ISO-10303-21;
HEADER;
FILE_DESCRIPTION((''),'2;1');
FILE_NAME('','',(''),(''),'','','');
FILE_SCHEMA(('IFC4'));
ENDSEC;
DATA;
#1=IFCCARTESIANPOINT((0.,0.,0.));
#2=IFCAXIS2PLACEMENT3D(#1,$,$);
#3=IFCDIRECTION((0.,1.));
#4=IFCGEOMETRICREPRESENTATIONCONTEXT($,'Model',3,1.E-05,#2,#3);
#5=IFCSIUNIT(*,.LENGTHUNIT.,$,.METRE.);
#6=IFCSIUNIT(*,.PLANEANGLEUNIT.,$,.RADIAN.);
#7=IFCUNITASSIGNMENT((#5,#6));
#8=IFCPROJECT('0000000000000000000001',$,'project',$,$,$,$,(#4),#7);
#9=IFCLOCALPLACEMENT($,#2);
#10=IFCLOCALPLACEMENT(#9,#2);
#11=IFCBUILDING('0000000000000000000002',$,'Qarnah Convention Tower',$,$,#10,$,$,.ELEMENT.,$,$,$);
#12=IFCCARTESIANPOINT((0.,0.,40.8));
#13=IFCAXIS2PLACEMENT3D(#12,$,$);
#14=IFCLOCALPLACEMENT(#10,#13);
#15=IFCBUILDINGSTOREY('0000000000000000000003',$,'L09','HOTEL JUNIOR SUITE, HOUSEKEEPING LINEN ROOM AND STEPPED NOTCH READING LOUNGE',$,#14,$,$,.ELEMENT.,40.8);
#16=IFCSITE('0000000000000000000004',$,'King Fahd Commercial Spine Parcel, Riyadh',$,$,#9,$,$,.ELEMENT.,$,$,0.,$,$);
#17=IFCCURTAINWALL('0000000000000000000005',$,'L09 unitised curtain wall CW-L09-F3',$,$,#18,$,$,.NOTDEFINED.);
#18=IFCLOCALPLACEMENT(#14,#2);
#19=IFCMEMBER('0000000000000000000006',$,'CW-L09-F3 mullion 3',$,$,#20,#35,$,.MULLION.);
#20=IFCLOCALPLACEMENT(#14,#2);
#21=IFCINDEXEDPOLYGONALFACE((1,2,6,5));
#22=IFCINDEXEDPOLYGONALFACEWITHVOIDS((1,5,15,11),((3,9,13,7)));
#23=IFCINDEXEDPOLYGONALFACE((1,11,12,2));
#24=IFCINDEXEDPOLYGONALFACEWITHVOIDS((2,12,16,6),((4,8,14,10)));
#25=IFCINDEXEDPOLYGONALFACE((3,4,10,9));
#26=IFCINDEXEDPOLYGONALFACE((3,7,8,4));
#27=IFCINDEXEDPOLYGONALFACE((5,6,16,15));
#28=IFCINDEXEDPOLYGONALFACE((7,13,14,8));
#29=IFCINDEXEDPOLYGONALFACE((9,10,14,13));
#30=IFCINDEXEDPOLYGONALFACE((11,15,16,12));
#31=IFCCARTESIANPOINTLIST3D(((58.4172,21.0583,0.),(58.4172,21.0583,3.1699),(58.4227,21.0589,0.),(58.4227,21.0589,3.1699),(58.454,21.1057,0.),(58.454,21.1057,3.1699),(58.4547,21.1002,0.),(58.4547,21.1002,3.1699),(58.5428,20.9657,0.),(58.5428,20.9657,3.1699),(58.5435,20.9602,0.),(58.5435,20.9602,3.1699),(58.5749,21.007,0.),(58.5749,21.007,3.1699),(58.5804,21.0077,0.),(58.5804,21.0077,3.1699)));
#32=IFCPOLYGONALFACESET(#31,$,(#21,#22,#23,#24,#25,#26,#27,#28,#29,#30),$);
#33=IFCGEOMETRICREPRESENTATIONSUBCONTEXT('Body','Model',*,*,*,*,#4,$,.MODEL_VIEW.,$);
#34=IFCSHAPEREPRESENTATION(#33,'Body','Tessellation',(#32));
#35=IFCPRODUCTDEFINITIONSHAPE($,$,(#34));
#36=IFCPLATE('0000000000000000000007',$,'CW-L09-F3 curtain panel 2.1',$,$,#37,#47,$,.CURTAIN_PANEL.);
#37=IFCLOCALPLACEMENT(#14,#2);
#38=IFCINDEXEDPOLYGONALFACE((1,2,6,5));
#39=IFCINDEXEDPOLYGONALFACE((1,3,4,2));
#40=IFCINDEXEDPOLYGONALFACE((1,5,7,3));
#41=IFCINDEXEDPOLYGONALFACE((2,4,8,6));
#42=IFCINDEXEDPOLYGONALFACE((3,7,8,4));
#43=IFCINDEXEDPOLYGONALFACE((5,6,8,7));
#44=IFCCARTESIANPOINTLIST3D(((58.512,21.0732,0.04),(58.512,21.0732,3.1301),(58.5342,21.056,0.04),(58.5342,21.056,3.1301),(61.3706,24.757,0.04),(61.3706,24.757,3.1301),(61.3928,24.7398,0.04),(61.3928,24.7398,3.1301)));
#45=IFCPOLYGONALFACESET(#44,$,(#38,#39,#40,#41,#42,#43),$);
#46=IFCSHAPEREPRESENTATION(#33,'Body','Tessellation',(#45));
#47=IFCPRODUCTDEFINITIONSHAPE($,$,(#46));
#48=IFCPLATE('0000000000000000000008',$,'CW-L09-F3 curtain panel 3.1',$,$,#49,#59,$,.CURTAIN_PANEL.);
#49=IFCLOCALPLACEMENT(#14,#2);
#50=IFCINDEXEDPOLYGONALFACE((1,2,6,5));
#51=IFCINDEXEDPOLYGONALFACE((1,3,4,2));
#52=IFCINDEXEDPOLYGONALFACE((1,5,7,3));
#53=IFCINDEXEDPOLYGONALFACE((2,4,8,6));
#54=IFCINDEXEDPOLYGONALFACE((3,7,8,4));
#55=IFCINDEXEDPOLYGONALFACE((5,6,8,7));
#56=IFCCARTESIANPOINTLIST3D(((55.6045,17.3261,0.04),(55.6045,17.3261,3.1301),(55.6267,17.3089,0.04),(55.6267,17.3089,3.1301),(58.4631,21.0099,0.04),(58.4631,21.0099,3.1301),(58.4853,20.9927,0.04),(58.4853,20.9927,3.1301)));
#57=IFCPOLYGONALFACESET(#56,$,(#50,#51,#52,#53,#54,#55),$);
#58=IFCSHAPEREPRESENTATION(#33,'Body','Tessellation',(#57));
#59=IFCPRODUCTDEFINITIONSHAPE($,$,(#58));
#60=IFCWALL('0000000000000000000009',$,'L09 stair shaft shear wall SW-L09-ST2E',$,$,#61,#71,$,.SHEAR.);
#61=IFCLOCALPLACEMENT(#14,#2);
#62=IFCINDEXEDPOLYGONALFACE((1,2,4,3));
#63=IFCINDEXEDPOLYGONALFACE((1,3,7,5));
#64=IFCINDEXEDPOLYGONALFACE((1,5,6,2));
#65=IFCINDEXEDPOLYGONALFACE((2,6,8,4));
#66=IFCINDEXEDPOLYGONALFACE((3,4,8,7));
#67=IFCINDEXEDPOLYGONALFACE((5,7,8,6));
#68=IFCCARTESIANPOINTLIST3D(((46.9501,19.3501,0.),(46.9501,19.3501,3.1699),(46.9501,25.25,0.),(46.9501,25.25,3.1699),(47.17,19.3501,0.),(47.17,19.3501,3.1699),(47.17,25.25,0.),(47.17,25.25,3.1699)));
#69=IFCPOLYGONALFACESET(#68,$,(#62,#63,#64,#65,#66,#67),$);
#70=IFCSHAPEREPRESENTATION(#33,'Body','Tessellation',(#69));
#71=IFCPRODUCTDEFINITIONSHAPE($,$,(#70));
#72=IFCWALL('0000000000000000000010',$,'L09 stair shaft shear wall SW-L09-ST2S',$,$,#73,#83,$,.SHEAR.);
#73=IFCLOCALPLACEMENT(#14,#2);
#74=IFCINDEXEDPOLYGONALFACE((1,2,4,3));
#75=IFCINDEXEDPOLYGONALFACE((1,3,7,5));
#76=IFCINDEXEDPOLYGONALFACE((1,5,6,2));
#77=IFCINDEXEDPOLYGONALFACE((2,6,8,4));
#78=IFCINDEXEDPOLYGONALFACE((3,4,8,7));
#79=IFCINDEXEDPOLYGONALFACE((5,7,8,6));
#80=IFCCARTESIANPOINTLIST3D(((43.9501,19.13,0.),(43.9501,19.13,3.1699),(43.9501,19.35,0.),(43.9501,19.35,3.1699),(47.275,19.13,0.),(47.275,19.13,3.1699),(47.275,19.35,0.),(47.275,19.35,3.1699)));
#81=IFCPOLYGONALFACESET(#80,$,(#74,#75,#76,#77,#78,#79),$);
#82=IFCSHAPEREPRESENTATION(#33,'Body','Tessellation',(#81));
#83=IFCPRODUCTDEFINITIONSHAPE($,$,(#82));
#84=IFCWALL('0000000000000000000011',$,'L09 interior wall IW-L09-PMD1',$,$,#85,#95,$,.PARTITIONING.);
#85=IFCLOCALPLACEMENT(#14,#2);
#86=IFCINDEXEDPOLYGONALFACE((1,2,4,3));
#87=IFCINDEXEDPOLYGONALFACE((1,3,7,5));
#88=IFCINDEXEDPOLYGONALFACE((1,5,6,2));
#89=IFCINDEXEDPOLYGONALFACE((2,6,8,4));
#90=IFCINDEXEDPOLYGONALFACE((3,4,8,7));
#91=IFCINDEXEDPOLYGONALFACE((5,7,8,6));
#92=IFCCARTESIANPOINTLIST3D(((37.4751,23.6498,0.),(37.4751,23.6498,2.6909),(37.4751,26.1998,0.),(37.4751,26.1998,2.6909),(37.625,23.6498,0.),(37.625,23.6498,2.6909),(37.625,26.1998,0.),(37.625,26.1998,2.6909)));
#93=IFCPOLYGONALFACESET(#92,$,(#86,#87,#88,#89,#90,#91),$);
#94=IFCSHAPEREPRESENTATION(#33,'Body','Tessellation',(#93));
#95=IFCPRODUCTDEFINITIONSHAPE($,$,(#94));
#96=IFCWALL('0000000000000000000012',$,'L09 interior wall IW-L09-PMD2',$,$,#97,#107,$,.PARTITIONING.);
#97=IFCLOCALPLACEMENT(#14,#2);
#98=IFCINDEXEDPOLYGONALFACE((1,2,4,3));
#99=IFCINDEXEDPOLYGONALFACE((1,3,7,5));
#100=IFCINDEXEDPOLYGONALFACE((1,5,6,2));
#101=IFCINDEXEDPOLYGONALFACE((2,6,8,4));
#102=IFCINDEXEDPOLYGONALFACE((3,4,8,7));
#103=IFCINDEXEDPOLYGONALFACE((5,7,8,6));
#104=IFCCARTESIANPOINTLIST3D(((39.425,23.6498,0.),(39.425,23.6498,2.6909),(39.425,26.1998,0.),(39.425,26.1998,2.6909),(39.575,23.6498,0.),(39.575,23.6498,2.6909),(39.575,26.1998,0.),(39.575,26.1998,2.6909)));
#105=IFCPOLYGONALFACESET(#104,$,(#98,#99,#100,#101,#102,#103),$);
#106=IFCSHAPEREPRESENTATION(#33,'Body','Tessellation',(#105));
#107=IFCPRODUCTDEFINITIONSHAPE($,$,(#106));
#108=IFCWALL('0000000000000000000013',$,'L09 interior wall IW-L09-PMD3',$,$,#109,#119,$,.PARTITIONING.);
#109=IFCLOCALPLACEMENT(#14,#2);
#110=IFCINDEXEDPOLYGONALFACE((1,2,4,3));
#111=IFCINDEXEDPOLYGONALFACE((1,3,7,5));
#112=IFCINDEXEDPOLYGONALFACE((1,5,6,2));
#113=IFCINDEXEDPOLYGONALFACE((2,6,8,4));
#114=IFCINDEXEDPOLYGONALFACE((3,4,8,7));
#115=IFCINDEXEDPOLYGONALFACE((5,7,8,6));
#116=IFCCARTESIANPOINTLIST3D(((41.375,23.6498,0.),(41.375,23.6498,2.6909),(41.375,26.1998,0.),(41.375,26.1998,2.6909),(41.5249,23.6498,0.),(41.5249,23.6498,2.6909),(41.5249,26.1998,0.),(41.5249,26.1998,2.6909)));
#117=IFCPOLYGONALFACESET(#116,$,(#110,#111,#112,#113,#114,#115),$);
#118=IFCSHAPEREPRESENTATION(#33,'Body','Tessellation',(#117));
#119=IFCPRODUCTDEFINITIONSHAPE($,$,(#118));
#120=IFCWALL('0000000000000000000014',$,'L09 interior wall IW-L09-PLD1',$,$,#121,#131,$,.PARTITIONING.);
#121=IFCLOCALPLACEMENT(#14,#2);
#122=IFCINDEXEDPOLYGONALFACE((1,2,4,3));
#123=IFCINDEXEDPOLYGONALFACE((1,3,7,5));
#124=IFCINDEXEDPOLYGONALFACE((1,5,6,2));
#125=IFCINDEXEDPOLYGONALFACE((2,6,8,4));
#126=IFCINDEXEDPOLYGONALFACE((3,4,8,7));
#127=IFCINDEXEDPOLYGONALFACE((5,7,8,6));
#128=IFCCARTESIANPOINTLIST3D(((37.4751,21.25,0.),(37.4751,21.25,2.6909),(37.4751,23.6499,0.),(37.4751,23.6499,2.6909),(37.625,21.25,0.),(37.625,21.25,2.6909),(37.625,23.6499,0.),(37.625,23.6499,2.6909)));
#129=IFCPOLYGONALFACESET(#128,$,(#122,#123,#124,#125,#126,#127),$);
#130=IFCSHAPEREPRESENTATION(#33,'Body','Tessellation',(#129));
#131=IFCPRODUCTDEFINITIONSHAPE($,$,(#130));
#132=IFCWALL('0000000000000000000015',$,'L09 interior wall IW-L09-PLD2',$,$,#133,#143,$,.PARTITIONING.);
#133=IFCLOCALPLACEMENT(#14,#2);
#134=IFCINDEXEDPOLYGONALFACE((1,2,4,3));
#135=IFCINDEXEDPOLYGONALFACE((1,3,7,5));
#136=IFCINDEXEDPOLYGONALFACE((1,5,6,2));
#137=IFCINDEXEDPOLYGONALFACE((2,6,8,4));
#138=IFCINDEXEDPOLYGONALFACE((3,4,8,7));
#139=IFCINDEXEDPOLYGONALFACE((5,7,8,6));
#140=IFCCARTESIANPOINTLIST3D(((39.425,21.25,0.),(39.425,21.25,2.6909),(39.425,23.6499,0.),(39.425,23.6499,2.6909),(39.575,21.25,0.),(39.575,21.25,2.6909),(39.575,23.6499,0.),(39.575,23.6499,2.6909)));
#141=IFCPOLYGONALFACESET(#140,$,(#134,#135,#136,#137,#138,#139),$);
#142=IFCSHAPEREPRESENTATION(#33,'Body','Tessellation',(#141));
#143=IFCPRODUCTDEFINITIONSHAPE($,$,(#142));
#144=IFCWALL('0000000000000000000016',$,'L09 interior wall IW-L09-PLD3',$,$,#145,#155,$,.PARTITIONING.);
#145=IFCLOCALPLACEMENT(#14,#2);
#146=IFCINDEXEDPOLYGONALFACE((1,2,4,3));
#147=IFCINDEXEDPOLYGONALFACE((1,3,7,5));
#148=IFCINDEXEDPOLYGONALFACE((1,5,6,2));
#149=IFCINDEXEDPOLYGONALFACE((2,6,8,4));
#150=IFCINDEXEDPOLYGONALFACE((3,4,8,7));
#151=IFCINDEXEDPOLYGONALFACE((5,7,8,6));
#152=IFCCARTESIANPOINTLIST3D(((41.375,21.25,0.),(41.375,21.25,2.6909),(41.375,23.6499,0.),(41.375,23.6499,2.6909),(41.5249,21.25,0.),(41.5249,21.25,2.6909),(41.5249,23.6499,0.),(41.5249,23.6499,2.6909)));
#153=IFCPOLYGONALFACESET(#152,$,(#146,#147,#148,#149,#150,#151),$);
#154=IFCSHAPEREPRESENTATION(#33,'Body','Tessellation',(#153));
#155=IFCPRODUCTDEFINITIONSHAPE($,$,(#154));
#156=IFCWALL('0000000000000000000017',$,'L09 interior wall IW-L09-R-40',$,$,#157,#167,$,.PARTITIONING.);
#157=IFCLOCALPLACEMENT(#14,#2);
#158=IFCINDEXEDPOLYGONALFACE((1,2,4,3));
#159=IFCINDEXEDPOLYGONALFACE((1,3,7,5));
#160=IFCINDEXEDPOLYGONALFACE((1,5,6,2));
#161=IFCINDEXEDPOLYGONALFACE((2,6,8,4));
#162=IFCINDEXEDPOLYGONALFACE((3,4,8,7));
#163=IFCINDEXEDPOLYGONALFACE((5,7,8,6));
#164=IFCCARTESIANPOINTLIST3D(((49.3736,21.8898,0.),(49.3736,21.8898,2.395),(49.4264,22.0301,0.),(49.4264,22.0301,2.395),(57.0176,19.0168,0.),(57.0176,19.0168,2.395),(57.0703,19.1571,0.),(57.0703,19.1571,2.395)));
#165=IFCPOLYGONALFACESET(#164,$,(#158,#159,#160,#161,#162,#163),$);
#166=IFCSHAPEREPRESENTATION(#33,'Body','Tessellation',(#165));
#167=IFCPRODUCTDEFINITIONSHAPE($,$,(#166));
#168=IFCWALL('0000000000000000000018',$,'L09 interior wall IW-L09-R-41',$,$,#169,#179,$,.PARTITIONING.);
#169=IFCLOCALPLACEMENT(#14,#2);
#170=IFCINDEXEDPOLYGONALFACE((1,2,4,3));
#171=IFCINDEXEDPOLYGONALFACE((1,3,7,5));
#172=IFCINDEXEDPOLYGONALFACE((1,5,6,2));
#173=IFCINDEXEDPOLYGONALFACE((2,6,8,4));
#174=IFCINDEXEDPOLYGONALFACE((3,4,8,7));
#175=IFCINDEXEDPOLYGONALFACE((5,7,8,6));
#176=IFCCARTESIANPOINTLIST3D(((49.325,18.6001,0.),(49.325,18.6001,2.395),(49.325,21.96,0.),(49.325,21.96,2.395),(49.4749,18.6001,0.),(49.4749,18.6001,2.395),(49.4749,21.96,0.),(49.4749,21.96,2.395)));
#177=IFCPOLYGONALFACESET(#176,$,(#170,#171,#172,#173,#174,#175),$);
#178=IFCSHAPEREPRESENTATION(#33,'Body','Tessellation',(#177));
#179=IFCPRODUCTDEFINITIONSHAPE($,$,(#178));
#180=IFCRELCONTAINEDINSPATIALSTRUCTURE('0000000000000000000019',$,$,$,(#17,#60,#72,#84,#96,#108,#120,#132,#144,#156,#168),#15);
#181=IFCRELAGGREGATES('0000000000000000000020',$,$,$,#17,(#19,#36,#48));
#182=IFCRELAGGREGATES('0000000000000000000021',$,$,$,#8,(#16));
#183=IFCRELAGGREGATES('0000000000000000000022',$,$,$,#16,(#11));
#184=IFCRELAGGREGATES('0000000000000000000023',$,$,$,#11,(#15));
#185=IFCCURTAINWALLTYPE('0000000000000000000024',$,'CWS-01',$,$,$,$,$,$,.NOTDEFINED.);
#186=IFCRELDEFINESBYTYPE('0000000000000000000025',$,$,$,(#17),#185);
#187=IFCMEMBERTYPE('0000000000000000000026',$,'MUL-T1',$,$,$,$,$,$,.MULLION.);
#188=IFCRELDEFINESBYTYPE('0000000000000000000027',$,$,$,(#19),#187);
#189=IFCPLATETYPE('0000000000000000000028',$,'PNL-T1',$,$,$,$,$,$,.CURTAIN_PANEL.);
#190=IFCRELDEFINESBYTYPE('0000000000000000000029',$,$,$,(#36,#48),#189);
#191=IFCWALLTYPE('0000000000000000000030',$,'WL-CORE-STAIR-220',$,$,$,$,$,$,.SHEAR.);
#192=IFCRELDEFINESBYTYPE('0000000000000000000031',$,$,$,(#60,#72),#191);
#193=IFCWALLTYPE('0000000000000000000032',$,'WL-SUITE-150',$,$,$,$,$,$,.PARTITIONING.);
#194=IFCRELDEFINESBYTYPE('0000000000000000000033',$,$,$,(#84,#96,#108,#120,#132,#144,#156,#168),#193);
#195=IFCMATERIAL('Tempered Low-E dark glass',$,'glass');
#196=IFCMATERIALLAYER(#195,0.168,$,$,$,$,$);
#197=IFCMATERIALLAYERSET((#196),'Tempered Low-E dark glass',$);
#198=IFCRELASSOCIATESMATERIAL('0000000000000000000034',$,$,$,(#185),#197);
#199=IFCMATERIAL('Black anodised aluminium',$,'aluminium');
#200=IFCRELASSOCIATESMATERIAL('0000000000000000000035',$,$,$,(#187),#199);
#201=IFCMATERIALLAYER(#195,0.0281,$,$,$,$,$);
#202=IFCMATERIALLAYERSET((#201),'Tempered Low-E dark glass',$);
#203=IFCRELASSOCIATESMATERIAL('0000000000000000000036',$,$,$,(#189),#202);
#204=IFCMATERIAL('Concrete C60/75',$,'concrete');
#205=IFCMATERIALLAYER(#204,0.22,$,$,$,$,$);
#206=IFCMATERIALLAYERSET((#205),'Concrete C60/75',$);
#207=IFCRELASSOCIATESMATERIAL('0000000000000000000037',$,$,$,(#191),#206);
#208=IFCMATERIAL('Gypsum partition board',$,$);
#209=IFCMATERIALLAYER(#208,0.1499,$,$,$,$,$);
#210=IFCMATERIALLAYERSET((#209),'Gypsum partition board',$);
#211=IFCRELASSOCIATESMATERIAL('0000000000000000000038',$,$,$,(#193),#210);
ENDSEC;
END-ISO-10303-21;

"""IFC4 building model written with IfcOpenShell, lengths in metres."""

from ifc_helpers import new_model, si_unit, direction, frame, frame_2d, origin, origin_2d, place, context, subcontext, project, spatial, rectangle, hollow_rectangle, extrude, material, layer, layer_set, material_profile, profile_set, type_object, element, aggregate, save


model = new_model("IFC4")

# Units and contexts
model_context = context("Model", 3, precision=1e-05, world=origin(), true_north=direction((0.0, 1.0)))
body_context = subcontext(model_context, "Body", "Model", "MODEL_VIEW")
ifc_project = project(units=[si_unit("LENGTHUNIT", "METRE"), si_unit("PLANEANGLEUNIT", "RADIAN")], contexts=[model_context])

# Site, building, storey
site_placement = place(None, origin())
site = spatial("IfcSite", under=ifc_project, at=site_placement, Name="King Fahd Commercial Spine Parcel, Riyadh", CompositionType="ELEMENT", RefElevation=0.0)
building_placement = place(site_placement, origin())
building = spatial("IfcBuilding", under=site, at=building_placement, Name="Qarnah Convention Tower", CompositionType="ELEMENT")
storey_placement = place(building_placement, frame((0.0, 0.0, 40.8)))
storey = spatial("IfcBuildingStorey", under=building, at=storey_placement, Name="L09", Description="HOTEL JUNIOR SUITE, HOUSEKEEPING LINEN ROOM AND STEPPED NOTCH READING LOUNGE", CompositionType="ELEMENT", Elevation=40.8)

# Shared definitions
ifc_material_1 = material(Name="Concrete C60/75", Category="concrete")

# Curtain wall, member, plates
ifc_material_2 = material(Name="Tempered Low-E dark glass", Category="glass")
ifc_layer_1 = layer(ifc_material_2, 0.168)
ifc_layer_set_1 = layer_set([ifc_layer_1], Name="Tempered Low-E dark glass")
curtain_wall_type = type_object("IfcCurtainWallType", Name="CWS-01", PredefinedType="NOTDEFINED", material=ifc_layer_set_1)
curtain_wall_placement = place(storey_placement, origin())
curtain_wall = element("IfcCurtainWall", 1, at=curtain_wall_placement, inside=storey, type_object=curtain_wall_type, Name="L09 unitised curtain wall CW-L09-F3", PredefinedType="NOTDEFINED")
ifc_material_3 = material(Name="Black anodised aluminium", Category="aluminium")
ifc_material_profile_1 = material_profile(ifc_material_3, hollow_rectangle(XDim=0.0601, YDim=0.1599, WallThickness=0.0039, at=origin_2d()), Name="MUL-60X160")
ifc_profile_set_1 = profile_set([ifc_material_profile_1], Name="Black anodised aluminium")
member_type = type_object("IfcMemberType", Name="MUL-T1", PredefinedType="MULLION", material=ifc_profile_set_1)
member_1_placement = place(storey_placement, frame((58.4988, 21.033, 0.0), z_axis=(0.0, 0.0, 1.0), x_axis=(-0.613064, -0.790033, 0.0)))
member_1 = element("IfcMember", 2, at=member_1_placement, type_object=member_type, Name="CW-L09-F3 mullion 3", PredefinedType="MULLION", context=body_context, shape_type="SweptSolid", body=[
    extrude(hollow_rectangle(XDim=0.0601, YDim=0.1599, WallThickness=0.0039, at=origin_2d()), origin(), (0.0, 0.0, 1.0), 3.1699),
])
ifc_layer_2 = layer(ifc_material_2, 0.0281)
ifc_layer_set_2 = layer_set([ifc_layer_2], Name="Tempered Low-E dark glass")
plate_type = type_object("IfcPlateType", Name="PNL-T1", PredefinedType="CURTAIN_PANEL", material=ifc_layer_set_2)
plate_1_placement = place(storey_placement, frame((59.9524, 22.9065, 0.04), z_axis=(0.0, 0.0, 1.0), x_axis=(-0.613064, -0.790033, 0.0)))
plate_1 = element("IfcPlate", 3, at=plate_1_placement, type_object=plate_type, Name="CW-L09-F3 curtain panel 2.1", PredefinedType="CURTAIN_PANEL", context=body_context, shape_type="SweptSolid", body=[
    extrude(rectangle(XDim=4.6628, YDim=0.0281, at=origin_2d()), origin(), (0.0, 0.0, 1.0), 3.0901),
])
plate_2_placement = place(storey_placement, frame((57.0449, 19.1594, 0.04), z_axis=(0.0, 0.0, 1.0), x_axis=(-0.613064, -0.790033, 0.0)))
plate_2 = element("IfcPlate", 4, at=plate_2_placement, type_object=plate_type, Name="CW-L09-F3 curtain panel 3.1", PredefinedType="CURTAIN_PANEL", context=body_context, shape_type="SweptSolid", body=[
    extrude(rectangle(XDim=4.6628, YDim=0.0281, at=origin_2d()), origin(), (0.0, 0.0, 1.0), 3.0901),
])
aggregate(curtain_wall, [member_1, plate_1, plate_2])

# Walls
ifc_layer_3 = layer(ifc_material_1, 0.22)
ifc_layer_set_3 = layer_set([ifc_layer_3], Name="Concrete C60/75")
wall_type_1 = type_object("IfcWallType", Name="WL-CORE-STAIR-220", PredefinedType="SHEAR", material=ifc_layer_set_3)
wall_1_placement = place(storey_placement, frame((47.0601, 19.3501, 0.0), z_axis=(0.0, 0.0, 1.0), x_axis=(0.0, 1.0, 0.0)))
element("IfcWall", 5, at=wall_1_placement, inside=storey, type_object=wall_type_1, Name="L09 stair shaft shear wall SW-L09-ST2E", PredefinedType="SHEAR", context=body_context, shape_type="SweptSolid", body=[
    extrude(rectangle(XDim=5.8999, YDim=0.22, at=frame_2d((2.95, 0.0))), origin(), (0.0, 0.0, 1.0), 3.1699),
])
wall_2_placement = place(storey_placement, frame((43.95, 19.24, 0.0), z_axis=(0.0, 0.0, 1.0), x_axis=(1.0, 0.0, 0.0)))
element("IfcWall", 6, at=wall_2_placement, inside=storey, type_object=wall_type_1, Name="L09 stair shaft shear wall SW-L09-ST2S", PredefinedType="SHEAR", context=body_context, shape_type="SweptSolid", body=[
    extrude(rectangle(XDim=3.325, YDim=0.22, at=frame_2d((1.6626, 0.0))), origin(), (0.0, 0.0, 1.0), 3.1699),
])
ifc_material_4 = material(Name="Gypsum partition board")
ifc_layer_4 = layer(ifc_material_4, 0.1499)
ifc_layer_set_4 = layer_set([ifc_layer_4], Name="Gypsum partition board")
wall_type_2 = type_object("IfcWallType", Name="WL-SUITE-150", PredefinedType="PARTITIONING", material=ifc_layer_set_4)
for number, where, z_axis, x_axis, name in (
    (7, (37.55, 23.6499, 0.0), (0.0, 0.0, 1.0), (0.0, 1.0, 0.0), "L09 interior wall IW-L09-PMD1"),
    (8, (39.5, 23.6499, 0.0), (0.0, 0.0, 1.0), (0.0, 1.0, 0.0), "L09 interior wall IW-L09-PMD2"),
    (9, (41.45, 23.6499, 0.0), (0.0, 0.0, 1.0), (0.0, 1.0, 0.0), "L09 interior wall IW-L09-PMD3"),
):
    element("IfcWall", number, at=place(storey_placement, frame(where, z_axis=z_axis, x_axis=x_axis)), inside=storey, type_object=wall_type_2, Name=name, PredefinedType="PARTITIONING", context=body_context, shape_type="SweptSolid", body=[
        extrude(rectangle(XDim=2.55, YDim=0.1499, at=frame_2d((1.2749, 0.0))), origin(), (0.0, 0.0, 1.0), 2.6909),
    ])
for number, where, z_axis, x_axis, name in (
    (10, (37.55, 21.25, 0.0), (0.0, 0.0, 1.0), (0.0, 1.0, 0.0), "L09 interior wall IW-L09-PLD1"),
    (11, (39.5, 21.25, 0.0), (0.0, 0.0, 1.0), (0.0, 1.0, 0.0), "L09 interior wall IW-L09-PLD2"),
    (12, (41.45, 21.25, 0.0), (0.0, 0.0, 1.0), (0.0, 1.0, 0.0), "L09 interior wall IW-L09-PLD3"),
):
    element("IfcWall", number, at=place(storey_placement, frame(where, z_axis=z_axis, x_axis=x_axis)), inside=storey, type_object=wall_type_2, Name=name, PredefinedType="PARTITIONING", context=body_context, shape_type="SweptSolid", body=[
        extrude(rectangle(XDim=2.3999, YDim=0.1499, at=frame_2d((1.2, 0.0))), origin(), (0.0, 0.0, 1.0), 2.6909),
    ])
wall_3_placement = place(storey_placement, frame((57.0439, 19.0869, 0.0), z_axis=(0.0, 0.0, 1.0), x_axis=(-0.936066, 0.351824, 0.0)))
element("IfcWall", 13, at=wall_3_placement, inside=storey, type_object=wall_type_2, Name="L09 interior wall IW-L09-R-40", PredefinedType="PARTITIONING", context=body_context, shape_type="SweptSolid", body=[
    extrude(rectangle(XDim=8.166, YDim=0.1499, at=frame_2d((4.083, 0.0))), origin(), (0.0, 0.0, 1.0), 2.395),
])
wall_4_placement = place(storey_placement, frame((49.3999, 21.96, 0.0), z_axis=(0.0, 0.0, 1.0), x_axis=(0.0, -1.0, 0.0)))
element("IfcWall", 14, at=wall_4_placement, inside=storey, type_object=wall_type_2, Name="L09 interior wall IW-L09-R-41", PredefinedType="PARTITIONING", context=body_context, shape_type="SweptSolid", body=[
    extrude(rectangle(XDim=3.3599, YDim=0.1499, at=frame_2d((1.6799, 0.0))), origin(), (0.0, 0.0, 1.0), 2.395),
])

save(model, "model.ifc")
